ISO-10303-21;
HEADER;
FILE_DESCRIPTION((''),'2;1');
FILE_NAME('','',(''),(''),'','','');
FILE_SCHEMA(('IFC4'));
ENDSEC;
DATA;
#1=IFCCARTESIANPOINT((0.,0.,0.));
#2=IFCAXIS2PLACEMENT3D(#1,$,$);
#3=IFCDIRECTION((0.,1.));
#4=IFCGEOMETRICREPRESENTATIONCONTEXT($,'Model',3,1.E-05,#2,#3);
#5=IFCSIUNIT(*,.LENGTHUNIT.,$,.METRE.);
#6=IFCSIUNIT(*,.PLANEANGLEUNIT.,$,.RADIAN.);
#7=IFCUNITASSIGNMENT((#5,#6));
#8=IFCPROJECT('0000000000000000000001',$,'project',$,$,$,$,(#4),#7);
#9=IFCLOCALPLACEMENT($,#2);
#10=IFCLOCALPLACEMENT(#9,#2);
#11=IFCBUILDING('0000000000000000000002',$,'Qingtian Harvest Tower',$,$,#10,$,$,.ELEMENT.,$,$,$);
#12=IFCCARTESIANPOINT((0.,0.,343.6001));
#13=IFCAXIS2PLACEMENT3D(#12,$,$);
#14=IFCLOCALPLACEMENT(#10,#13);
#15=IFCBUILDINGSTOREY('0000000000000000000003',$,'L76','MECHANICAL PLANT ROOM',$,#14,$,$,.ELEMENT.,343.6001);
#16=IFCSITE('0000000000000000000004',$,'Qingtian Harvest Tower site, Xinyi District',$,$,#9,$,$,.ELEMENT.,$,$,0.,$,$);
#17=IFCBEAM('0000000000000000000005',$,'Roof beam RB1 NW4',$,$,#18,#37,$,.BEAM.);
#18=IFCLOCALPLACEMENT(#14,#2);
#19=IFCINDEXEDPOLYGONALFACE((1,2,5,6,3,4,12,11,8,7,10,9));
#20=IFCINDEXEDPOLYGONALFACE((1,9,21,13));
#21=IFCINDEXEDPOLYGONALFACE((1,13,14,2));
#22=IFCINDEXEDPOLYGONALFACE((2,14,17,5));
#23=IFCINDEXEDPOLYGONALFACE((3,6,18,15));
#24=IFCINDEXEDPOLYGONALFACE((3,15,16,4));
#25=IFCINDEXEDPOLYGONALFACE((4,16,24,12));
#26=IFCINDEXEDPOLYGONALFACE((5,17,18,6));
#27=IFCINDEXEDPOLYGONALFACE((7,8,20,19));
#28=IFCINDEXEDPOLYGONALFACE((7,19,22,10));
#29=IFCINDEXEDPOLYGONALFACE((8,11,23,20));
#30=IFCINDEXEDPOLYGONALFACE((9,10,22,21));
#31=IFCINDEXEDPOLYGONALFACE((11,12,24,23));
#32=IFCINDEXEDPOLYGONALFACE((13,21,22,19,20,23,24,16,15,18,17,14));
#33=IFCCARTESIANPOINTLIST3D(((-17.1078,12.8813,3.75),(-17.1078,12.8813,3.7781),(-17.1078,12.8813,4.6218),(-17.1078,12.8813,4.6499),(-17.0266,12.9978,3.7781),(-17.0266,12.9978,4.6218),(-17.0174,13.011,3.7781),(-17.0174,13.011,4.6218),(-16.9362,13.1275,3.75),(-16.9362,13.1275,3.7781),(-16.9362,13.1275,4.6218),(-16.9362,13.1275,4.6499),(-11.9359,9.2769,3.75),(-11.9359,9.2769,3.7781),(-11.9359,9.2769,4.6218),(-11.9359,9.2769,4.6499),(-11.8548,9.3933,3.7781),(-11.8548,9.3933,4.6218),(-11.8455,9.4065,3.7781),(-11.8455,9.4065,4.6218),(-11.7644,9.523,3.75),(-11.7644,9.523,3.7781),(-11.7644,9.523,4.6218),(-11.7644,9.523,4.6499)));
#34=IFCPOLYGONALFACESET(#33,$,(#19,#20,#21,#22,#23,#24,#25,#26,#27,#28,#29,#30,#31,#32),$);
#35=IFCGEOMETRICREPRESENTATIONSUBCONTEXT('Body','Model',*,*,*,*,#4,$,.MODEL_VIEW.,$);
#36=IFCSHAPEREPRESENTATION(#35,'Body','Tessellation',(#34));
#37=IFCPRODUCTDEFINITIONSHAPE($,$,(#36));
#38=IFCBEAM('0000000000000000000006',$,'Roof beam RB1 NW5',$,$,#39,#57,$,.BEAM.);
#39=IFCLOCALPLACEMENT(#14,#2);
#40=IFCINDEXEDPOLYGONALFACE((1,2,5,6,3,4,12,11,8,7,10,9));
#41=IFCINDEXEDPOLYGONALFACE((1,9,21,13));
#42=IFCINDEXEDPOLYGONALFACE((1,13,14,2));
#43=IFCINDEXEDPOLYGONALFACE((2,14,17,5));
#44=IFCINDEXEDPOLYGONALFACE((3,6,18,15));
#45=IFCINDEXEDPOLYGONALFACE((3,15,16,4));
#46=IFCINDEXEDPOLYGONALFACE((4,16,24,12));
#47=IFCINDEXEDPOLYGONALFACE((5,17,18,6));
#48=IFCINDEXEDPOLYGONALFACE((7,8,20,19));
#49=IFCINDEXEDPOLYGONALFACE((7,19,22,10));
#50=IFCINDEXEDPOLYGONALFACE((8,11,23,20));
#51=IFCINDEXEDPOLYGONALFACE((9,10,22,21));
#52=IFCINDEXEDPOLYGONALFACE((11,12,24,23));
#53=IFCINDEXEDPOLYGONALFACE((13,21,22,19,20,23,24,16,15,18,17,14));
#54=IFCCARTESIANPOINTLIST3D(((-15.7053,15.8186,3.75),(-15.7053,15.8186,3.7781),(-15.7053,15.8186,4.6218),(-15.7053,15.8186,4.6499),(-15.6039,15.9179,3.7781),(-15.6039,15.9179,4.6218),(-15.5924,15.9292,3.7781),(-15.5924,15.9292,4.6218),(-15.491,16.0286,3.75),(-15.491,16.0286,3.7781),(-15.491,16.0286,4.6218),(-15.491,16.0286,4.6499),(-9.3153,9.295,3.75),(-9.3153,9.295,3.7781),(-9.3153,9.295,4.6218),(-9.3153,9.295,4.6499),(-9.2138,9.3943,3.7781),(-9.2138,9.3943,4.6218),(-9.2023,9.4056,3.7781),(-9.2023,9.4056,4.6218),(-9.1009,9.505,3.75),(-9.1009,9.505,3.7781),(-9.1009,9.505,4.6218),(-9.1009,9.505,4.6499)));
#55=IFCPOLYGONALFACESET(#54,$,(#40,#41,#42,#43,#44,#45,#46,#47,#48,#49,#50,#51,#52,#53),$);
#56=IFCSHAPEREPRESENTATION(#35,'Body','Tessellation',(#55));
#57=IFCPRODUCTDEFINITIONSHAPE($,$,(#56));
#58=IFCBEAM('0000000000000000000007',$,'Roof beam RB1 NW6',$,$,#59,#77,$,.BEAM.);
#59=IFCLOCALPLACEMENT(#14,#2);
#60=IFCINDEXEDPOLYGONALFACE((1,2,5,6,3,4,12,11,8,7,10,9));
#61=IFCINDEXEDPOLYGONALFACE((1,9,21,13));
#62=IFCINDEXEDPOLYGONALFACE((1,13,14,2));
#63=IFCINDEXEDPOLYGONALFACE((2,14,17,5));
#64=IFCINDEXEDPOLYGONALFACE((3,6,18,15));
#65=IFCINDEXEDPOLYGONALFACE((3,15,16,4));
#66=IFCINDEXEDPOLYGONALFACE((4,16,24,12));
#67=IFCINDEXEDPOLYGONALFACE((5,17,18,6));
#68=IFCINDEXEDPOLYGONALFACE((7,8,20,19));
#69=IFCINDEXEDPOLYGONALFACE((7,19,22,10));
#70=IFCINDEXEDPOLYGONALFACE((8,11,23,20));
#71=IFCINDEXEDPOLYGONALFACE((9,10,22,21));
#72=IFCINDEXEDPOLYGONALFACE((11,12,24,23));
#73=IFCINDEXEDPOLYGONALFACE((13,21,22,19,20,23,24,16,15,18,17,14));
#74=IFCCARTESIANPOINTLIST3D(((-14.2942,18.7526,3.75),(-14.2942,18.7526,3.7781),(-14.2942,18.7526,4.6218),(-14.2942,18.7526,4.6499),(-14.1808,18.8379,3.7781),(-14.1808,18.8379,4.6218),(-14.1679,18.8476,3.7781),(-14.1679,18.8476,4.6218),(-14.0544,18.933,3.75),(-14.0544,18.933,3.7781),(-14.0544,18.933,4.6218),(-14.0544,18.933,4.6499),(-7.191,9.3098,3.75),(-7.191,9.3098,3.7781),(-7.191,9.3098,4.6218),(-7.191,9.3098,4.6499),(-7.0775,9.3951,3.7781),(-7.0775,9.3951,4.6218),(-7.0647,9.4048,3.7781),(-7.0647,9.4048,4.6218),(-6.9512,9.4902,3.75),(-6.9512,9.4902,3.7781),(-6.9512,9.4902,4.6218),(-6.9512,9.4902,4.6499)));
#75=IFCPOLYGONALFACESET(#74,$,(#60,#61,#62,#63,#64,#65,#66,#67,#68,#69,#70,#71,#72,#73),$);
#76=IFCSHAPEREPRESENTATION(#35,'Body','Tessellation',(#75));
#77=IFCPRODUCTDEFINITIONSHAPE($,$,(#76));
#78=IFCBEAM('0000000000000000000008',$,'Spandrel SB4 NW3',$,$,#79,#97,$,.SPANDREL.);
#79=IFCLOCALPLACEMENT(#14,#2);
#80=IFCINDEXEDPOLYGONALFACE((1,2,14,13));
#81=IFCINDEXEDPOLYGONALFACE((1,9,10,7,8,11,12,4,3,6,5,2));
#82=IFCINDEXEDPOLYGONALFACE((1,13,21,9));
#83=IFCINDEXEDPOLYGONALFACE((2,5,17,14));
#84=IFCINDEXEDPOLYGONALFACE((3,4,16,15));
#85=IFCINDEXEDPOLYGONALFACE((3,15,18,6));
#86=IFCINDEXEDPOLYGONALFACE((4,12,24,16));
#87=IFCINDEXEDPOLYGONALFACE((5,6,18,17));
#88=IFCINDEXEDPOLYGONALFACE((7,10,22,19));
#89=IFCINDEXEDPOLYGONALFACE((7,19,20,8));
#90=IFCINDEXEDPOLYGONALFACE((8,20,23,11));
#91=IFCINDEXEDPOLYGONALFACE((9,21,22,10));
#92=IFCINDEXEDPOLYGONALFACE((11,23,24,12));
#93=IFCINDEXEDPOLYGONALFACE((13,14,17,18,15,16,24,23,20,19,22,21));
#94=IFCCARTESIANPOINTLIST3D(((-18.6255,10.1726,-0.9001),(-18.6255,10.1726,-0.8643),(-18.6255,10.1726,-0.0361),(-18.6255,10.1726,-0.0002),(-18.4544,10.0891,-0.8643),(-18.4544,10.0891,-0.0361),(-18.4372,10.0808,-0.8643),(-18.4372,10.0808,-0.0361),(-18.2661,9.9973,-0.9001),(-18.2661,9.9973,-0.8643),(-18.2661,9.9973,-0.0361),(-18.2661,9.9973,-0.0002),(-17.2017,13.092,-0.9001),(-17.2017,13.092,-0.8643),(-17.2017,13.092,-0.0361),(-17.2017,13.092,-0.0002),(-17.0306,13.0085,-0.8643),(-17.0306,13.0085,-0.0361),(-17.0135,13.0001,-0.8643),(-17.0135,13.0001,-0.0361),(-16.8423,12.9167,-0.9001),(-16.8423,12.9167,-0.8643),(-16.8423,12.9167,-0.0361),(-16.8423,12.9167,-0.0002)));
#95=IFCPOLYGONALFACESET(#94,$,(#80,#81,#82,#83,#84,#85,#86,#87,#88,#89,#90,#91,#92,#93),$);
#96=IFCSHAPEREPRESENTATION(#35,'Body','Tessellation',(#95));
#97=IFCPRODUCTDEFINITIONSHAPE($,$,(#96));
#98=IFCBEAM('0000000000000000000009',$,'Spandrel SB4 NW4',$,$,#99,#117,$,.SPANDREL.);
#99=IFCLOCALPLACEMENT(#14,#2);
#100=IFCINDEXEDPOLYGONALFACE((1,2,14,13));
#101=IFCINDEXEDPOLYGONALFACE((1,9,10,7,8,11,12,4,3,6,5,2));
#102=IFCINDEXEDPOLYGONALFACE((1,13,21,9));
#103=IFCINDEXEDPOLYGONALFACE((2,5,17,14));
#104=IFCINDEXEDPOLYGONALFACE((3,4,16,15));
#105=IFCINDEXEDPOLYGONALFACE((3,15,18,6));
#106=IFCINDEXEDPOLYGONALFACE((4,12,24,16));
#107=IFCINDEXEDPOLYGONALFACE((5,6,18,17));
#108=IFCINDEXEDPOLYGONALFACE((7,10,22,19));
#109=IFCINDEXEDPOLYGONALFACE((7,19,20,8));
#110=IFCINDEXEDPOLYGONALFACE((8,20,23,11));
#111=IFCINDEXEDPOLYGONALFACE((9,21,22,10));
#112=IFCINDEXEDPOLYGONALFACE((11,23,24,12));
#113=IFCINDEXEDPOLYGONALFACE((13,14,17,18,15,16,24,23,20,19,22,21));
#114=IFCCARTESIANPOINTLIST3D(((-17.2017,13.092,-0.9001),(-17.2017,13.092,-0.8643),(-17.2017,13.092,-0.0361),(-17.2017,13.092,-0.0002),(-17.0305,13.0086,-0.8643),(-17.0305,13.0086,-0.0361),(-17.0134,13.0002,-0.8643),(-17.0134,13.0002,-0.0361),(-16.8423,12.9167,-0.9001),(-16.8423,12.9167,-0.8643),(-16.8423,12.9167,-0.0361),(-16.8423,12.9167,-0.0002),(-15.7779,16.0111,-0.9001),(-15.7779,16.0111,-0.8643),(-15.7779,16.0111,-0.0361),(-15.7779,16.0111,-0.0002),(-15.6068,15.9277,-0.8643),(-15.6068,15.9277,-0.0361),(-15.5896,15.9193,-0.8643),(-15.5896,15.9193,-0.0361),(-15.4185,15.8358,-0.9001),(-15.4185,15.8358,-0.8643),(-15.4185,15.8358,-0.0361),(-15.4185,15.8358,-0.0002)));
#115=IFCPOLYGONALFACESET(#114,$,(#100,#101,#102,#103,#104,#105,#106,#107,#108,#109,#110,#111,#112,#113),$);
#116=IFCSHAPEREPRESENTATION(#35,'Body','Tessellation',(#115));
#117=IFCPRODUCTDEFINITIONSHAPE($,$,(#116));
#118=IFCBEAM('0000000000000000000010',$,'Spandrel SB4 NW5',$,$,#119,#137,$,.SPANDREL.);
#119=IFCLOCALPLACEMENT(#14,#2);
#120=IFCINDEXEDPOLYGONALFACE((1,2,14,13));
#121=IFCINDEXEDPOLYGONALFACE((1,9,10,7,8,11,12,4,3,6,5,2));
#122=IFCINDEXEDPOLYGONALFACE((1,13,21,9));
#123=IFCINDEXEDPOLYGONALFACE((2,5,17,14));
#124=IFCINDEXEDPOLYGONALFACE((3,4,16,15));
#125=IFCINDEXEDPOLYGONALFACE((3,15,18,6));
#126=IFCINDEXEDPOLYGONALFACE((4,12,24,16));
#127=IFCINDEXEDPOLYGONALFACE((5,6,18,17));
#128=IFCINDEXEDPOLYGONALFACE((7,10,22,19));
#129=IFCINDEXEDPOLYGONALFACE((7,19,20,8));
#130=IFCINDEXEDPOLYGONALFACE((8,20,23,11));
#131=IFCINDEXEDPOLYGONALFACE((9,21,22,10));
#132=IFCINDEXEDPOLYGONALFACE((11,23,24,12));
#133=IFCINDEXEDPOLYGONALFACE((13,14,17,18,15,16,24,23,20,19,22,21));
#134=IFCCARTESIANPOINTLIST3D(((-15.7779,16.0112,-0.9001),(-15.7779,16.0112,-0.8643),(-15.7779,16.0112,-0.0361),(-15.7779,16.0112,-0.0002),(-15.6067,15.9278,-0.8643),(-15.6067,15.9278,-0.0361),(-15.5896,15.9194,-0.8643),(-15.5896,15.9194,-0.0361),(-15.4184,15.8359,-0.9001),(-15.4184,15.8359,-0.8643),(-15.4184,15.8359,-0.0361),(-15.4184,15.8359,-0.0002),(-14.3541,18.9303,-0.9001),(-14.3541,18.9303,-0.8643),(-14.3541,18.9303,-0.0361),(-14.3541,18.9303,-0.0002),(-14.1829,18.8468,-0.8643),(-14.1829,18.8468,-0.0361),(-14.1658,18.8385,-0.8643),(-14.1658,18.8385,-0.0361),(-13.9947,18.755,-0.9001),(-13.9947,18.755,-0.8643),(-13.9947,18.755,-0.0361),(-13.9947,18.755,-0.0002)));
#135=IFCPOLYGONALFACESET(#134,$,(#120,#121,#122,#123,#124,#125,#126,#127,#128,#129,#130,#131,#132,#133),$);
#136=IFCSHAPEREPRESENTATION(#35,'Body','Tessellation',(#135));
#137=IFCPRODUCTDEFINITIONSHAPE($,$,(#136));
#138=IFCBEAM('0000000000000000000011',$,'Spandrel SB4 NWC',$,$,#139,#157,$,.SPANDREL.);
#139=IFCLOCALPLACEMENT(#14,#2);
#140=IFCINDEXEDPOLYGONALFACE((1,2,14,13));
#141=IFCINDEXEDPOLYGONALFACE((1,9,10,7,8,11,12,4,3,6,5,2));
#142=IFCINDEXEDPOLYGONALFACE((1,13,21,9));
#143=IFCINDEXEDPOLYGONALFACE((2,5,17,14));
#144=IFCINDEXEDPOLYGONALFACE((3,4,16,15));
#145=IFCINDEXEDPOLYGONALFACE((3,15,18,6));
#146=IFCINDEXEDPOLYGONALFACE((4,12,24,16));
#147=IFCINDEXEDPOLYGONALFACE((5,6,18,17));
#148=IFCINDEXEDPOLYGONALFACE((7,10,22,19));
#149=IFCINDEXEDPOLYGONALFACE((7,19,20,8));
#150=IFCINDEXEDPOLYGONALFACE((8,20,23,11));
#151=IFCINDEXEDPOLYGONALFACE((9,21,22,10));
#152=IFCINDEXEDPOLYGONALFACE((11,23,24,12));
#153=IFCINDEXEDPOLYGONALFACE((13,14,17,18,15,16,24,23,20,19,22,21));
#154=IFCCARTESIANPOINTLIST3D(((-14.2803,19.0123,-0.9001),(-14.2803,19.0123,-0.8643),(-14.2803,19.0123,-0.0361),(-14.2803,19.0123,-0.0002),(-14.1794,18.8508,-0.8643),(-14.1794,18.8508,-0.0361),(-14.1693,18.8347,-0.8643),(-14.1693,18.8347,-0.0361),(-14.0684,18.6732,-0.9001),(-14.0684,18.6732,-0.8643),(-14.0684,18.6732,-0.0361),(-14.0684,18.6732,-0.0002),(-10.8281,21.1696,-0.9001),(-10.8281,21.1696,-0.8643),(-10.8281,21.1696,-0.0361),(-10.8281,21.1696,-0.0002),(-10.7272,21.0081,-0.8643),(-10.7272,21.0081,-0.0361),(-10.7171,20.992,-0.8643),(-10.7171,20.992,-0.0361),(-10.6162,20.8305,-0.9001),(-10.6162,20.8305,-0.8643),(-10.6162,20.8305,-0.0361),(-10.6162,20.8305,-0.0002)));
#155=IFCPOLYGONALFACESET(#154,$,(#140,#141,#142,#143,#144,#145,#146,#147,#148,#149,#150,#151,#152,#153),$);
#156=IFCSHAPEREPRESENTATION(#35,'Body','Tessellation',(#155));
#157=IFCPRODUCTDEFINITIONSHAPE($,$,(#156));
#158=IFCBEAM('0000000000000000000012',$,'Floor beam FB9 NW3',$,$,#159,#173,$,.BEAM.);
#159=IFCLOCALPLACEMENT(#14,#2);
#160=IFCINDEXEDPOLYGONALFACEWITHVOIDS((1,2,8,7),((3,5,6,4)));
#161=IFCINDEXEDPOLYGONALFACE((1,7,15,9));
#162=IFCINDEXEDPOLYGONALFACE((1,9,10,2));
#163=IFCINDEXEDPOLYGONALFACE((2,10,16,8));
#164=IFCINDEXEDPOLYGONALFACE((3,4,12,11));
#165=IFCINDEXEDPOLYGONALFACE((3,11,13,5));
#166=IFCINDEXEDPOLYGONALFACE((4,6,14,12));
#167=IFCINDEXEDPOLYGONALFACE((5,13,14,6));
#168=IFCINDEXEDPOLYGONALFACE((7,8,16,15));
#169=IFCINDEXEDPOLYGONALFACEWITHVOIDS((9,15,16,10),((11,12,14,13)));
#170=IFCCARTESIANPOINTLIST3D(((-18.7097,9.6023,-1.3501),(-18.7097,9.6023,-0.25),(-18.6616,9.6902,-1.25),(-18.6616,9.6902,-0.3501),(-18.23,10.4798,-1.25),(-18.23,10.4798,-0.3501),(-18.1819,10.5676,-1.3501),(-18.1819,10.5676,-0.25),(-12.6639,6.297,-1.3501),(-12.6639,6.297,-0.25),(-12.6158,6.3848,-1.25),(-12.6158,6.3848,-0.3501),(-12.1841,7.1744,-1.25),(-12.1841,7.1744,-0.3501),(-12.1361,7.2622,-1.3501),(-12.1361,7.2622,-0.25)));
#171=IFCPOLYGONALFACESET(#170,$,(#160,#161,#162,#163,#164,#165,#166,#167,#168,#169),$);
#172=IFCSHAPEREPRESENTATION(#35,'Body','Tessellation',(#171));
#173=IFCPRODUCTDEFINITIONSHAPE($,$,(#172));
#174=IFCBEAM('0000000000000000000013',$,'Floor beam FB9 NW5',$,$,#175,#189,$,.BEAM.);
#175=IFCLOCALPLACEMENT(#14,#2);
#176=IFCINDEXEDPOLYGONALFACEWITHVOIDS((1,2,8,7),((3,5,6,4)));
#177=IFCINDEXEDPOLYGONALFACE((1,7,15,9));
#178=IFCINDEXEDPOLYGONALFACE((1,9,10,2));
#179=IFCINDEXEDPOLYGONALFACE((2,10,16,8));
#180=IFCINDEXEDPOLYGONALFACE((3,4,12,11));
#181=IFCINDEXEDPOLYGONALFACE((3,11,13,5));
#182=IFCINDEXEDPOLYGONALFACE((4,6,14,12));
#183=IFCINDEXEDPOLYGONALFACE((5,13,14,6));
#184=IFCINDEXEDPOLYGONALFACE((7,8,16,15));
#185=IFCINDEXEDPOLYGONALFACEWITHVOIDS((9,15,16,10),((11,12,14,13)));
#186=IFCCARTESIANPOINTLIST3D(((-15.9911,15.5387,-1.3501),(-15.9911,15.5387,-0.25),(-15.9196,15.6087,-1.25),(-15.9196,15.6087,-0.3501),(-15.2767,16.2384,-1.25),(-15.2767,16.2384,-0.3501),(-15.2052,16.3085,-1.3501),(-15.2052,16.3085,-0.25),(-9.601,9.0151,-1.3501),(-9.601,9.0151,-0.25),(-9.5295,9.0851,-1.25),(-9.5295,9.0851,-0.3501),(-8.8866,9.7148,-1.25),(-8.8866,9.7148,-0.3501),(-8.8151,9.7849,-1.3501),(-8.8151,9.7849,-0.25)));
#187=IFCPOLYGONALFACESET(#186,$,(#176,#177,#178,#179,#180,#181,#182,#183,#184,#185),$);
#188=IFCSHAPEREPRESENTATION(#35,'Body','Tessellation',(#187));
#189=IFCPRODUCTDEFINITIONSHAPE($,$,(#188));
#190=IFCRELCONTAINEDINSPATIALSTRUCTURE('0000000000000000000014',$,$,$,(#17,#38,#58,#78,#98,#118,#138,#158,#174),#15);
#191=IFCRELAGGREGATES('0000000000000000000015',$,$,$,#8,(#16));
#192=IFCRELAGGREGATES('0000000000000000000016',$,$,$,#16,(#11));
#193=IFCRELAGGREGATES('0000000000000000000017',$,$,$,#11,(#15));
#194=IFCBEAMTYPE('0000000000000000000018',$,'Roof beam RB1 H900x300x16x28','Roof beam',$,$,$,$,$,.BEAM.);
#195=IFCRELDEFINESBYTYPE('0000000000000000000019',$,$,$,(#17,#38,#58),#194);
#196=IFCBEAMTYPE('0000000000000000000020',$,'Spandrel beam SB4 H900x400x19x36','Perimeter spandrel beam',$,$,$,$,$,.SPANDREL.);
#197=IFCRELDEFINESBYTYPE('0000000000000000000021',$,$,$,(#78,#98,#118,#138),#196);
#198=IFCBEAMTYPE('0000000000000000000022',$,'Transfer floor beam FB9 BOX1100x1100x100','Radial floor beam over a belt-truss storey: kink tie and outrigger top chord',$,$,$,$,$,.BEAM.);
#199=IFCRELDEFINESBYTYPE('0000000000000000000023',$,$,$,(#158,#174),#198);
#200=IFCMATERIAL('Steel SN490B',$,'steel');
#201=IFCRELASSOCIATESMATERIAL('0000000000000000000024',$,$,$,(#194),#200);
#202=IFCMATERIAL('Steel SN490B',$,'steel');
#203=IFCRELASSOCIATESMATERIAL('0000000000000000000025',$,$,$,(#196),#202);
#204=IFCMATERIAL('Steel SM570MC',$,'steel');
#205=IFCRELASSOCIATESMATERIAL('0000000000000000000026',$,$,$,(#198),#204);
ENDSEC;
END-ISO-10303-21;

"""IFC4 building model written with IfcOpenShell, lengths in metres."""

from ifc_helpers import new_model, si_unit, direction, frame, origin, origin_2d, place, context, subcontext, project, spatial, hollow_rectangle, i_section, extrude, material, material_profile, profile_set, type_object, element, save


model = new_model("IFC4")

# Units and contexts
model_context = context("Model", 3, precision=1e-05, world=origin(), true_north=direction((0.0, 1.0)))
body_context = subcontext(model_context, "Body", "Model", "MODEL_VIEW")
ifc_project = project(units=[si_unit("LENGTHUNIT", "METRE"), si_unit("PLANEANGLEUNIT", "RADIAN")], contexts=[model_context])

# Site, building, storey
site_placement = place(None, origin())
site = spatial("IfcSite", under=ifc_project, at=site_placement, Name="Qingtian Harvest Tower site, Xinyi District", CompositionType="ELEMENT", RefElevation=0.0)
building_placement = place(site_placement, origin())
building = spatial("IfcBuilding", under=site, at=building_placement, Name="Qingtian Harvest Tower", CompositionType="ELEMENT")
storey_placement = place(building_placement, frame((0.0, 0.0, 343.6001)))
storey = spatial("IfcBuildingStorey", under=building, at=storey_placement, Name="L76", Description="MECHANICAL PLANT ROOM", CompositionType="ELEMENT", Elevation=343.6001)

# Beams
ifc_material_1 = material(Name="Steel SN490B", Category="steel")
ifc_material_profile_1 = material_profile(ifc_material_1, i_section(OverallWidth=0.3, OverallDepth=0.8999, WebThickness=0.0161, FlangeThickness=0.0281, at=origin_2d()), Name="H900x300x16x28")
ifc_profile_set_1 = profile_set([ifc_material_profile_1], Name="Steel SN490B")
beam_type_1 = type_object("IfcBeamType", Name="Roof beam RB1 H900x300x16x28", Description="Roof beam", PredefinedType="BEAM", material=ifc_profile_set_1)
beam_1_placement = place(storey_placement, frame((-17.022, 13.0044, 4.2), z_axis=(0.820409, -0.571777, 0.0), x_axis=(0.571777, 0.820409, 0.0)))
element("IfcBeam", 1, at=beam_1_placement, inside=storey, type_object=beam_type_1, Name="Roof beam RB1 NW4", PredefinedType="BEAM", context=body_context, shape_type="SweptSolid", body=[
    extrude(i_section(OverallWidth=0.3, OverallDepth=0.8999, WebThickness=0.0161, FlangeThickness=0.0281, at=origin_2d()), origin(), (0.0, 0.0, 1.0), 6.304),
])
beam_2_placement = place(storey_placement, frame((-15.5981, 15.9236, 4.2), z_axis=(0.699757, -0.714381, 0.0), x_axis=(0.714381, 0.699757, 0.0)))
element("IfcBeam", 2, at=beam_2_placement, inside=storey, type_object=beam_type_1, Name="Roof beam RB1 NW5", PredefinedType="BEAM", context=body_context, shape_type="SweptSolid", body=[
    extrude(i_section(OverallWidth=0.3, OverallDepth=0.8999, WebThickness=0.0161, FlangeThickness=0.0281, at=origin_2d()), origin(), (0.0, 0.0, 1.0), 9.1318),
])
beam_3_placement = place(storey_placement, frame((-14.1743, 18.8428, 4.2), z_axis=(0.601143, -0.799141, 0.0), x_axis=(0.799141, 0.601143, 0.0)))
element("IfcBeam", 3, at=beam_3_placement, inside=storey, type_object=beam_type_1, Name="Roof beam RB1 NW6", PredefinedType="BEAM", context=body_context, shape_type="SweptSolid", body=[
    extrude(i_section(OverallWidth=0.3, OverallDepth=0.8999, WebThickness=0.0161, FlangeThickness=0.0281, at=origin_2d()), origin(), (0.0, 0.0, 1.0), 11.8162),
])
ifc_material_2 = material(Name="Steel SN490B", Category="steel")
ifc_material_profile_2 = material_profile(ifc_material_2, i_section(OverallWidth=0.3999, OverallDepth=0.8999, WebThickness=0.019, FlangeThickness=0.0359, at=origin_2d()), Name="H900x400x19x36")
ifc_profile_set_2 = profile_set([ifc_material_profile_2], Name="Steel SN490B")
beam_type_2 = type_object("IfcBeamType", Name="Spandrel beam SB4 H900x400x19x36", Description="Perimeter spandrel beam", PredefinedType="SPANDREL", material=ifc_profile_set_2)
beam_4_placement = place(storey_placement, frame((-18.4458, 10.085, -0.4502), z_axis=(0.438353, 0.898803, 0.0), x_axis=(-0.898803, 0.438353, 0.0)))
element("IfcBeam", 4, at=beam_4_placement, inside=storey, type_object=beam_type_2, Name="Spandrel SB4 NW3", PredefinedType="SPANDREL", context=body_context, shape_type="SweptSolid", body=[
    extrude(i_section(OverallWidth=0.3999, OverallDepth=0.8999, WebThickness=0.019, FlangeThickness=0.0359, at=origin_2d()), origin(), (0.0, 0.0, 1.0), 3.248),
])
for number, where, z_axis, x_axis, name in (
    (5, (-17.022, 13.0044, -0.4502), (0.438382, 0.898789, 0.0), (-0.898789, 0.438382, 0.0), "Spandrel SB4 NW4"),
    (6, (-15.5981, 15.9236, -0.4502), (0.438382, 0.898789, 0.0), (-0.898789, 0.438382, 0.0), "Spandrel SB4 NW5"),
):
    element("IfcBeam", number, at=place(storey_placement, frame(where, z_axis=z_axis, x_axis=x_axis)), inside=storey, type_object=beam_type_2, Name=name, PredefinedType="SPANDREL", context=body_context, shape_type="SweptSolid", body=[
        extrude(i_section(OverallWidth=0.3999, OverallDepth=0.8999, WebThickness=0.019, FlangeThickness=0.0359, at=origin_2d()), origin(), (0.0, 0.0, 1.0), 3.2478),
    ])
beam_5_placement = place(storey_placement, frame((-14.1743, 18.8428, -0.4502), z_axis=(0.848039, 0.529934, 0.0), x_axis=(-0.529934, 0.848039, 0.0)))
element("IfcBeam", 7, at=beam_5_placement, inside=storey, type_object=beam_type_2, Name="Spandrel SB4 NWC", PredefinedType="SPANDREL", context=body_context, shape_type="SweptSolid", body=[
    extrude(i_section(OverallWidth=0.3999, OverallDepth=0.8999, WebThickness=0.019, FlangeThickness=0.0359, at=origin_2d()), origin(), (0.0, 0.0, 1.0), 4.0708),
])
ifc_material_3 = material(Name="Steel SM570MC", Category="steel")
ifc_material_profile_3 = material_profile(ifc_material_3, hollow_rectangle(XDim=1.1001, YDim=1.1001, WallThickness=0.1001, at=origin_2d()), Name="BOX1100x1100x100")
ifc_profile_set_3 = profile_set([ifc_material_profile_3], Name="Steel SM570MC")
beam_type_3 = type_object("IfcBeamType", Name="Transfer floor beam FB9 BOX1100x1100x100", Description="Radial floor beam over a belt-truss storey: kink tie and outrigger top chord", PredefinedType="BEAM", material=ifc_profile_set_3)
beam_6_placement = place(storey_placement, frame((-18.4458, 10.085, -0.8), z_axis=(0.877428, -0.479708, 0.0), x_axis=(0.479708, 0.877428, 0.0)))
element("IfcBeam", 8, at=beam_6_placement, inside=storey, type_object=beam_type_3, Name="Floor beam FB9 NW3", PredefinedType="BEAM", context=body_context, shape_type="SweptSolid", body=[
    extrude(hollow_rectangle(XDim=1.1001, YDim=1.1001, WallThickness=0.1001, at=origin_2d()), origin(), (0.0, 0.0, 1.0), 6.8904),
])
beam_7_placement = place(storey_placement, frame((-15.5981, 15.9236, -0.8), z_axis=(0.699757, -0.714381, 0.0), x_axis=(0.714381, 0.699757, 0.0)))
element("IfcBeam", 9, at=beam_7_placement, inside=storey, type_object=beam_type_3, Name="Floor beam FB9 NW5", PredefinedType="BEAM", context=body_context, shape_type="SweptSolid", body=[
    extrude(hollow_rectangle(XDim=1.1001, YDim=1.1001, WallThickness=0.1001, at=origin_2d()), origin(), (0.0, 0.0, 1.0), 9.1318),
])

save(model, "model.ifc")
